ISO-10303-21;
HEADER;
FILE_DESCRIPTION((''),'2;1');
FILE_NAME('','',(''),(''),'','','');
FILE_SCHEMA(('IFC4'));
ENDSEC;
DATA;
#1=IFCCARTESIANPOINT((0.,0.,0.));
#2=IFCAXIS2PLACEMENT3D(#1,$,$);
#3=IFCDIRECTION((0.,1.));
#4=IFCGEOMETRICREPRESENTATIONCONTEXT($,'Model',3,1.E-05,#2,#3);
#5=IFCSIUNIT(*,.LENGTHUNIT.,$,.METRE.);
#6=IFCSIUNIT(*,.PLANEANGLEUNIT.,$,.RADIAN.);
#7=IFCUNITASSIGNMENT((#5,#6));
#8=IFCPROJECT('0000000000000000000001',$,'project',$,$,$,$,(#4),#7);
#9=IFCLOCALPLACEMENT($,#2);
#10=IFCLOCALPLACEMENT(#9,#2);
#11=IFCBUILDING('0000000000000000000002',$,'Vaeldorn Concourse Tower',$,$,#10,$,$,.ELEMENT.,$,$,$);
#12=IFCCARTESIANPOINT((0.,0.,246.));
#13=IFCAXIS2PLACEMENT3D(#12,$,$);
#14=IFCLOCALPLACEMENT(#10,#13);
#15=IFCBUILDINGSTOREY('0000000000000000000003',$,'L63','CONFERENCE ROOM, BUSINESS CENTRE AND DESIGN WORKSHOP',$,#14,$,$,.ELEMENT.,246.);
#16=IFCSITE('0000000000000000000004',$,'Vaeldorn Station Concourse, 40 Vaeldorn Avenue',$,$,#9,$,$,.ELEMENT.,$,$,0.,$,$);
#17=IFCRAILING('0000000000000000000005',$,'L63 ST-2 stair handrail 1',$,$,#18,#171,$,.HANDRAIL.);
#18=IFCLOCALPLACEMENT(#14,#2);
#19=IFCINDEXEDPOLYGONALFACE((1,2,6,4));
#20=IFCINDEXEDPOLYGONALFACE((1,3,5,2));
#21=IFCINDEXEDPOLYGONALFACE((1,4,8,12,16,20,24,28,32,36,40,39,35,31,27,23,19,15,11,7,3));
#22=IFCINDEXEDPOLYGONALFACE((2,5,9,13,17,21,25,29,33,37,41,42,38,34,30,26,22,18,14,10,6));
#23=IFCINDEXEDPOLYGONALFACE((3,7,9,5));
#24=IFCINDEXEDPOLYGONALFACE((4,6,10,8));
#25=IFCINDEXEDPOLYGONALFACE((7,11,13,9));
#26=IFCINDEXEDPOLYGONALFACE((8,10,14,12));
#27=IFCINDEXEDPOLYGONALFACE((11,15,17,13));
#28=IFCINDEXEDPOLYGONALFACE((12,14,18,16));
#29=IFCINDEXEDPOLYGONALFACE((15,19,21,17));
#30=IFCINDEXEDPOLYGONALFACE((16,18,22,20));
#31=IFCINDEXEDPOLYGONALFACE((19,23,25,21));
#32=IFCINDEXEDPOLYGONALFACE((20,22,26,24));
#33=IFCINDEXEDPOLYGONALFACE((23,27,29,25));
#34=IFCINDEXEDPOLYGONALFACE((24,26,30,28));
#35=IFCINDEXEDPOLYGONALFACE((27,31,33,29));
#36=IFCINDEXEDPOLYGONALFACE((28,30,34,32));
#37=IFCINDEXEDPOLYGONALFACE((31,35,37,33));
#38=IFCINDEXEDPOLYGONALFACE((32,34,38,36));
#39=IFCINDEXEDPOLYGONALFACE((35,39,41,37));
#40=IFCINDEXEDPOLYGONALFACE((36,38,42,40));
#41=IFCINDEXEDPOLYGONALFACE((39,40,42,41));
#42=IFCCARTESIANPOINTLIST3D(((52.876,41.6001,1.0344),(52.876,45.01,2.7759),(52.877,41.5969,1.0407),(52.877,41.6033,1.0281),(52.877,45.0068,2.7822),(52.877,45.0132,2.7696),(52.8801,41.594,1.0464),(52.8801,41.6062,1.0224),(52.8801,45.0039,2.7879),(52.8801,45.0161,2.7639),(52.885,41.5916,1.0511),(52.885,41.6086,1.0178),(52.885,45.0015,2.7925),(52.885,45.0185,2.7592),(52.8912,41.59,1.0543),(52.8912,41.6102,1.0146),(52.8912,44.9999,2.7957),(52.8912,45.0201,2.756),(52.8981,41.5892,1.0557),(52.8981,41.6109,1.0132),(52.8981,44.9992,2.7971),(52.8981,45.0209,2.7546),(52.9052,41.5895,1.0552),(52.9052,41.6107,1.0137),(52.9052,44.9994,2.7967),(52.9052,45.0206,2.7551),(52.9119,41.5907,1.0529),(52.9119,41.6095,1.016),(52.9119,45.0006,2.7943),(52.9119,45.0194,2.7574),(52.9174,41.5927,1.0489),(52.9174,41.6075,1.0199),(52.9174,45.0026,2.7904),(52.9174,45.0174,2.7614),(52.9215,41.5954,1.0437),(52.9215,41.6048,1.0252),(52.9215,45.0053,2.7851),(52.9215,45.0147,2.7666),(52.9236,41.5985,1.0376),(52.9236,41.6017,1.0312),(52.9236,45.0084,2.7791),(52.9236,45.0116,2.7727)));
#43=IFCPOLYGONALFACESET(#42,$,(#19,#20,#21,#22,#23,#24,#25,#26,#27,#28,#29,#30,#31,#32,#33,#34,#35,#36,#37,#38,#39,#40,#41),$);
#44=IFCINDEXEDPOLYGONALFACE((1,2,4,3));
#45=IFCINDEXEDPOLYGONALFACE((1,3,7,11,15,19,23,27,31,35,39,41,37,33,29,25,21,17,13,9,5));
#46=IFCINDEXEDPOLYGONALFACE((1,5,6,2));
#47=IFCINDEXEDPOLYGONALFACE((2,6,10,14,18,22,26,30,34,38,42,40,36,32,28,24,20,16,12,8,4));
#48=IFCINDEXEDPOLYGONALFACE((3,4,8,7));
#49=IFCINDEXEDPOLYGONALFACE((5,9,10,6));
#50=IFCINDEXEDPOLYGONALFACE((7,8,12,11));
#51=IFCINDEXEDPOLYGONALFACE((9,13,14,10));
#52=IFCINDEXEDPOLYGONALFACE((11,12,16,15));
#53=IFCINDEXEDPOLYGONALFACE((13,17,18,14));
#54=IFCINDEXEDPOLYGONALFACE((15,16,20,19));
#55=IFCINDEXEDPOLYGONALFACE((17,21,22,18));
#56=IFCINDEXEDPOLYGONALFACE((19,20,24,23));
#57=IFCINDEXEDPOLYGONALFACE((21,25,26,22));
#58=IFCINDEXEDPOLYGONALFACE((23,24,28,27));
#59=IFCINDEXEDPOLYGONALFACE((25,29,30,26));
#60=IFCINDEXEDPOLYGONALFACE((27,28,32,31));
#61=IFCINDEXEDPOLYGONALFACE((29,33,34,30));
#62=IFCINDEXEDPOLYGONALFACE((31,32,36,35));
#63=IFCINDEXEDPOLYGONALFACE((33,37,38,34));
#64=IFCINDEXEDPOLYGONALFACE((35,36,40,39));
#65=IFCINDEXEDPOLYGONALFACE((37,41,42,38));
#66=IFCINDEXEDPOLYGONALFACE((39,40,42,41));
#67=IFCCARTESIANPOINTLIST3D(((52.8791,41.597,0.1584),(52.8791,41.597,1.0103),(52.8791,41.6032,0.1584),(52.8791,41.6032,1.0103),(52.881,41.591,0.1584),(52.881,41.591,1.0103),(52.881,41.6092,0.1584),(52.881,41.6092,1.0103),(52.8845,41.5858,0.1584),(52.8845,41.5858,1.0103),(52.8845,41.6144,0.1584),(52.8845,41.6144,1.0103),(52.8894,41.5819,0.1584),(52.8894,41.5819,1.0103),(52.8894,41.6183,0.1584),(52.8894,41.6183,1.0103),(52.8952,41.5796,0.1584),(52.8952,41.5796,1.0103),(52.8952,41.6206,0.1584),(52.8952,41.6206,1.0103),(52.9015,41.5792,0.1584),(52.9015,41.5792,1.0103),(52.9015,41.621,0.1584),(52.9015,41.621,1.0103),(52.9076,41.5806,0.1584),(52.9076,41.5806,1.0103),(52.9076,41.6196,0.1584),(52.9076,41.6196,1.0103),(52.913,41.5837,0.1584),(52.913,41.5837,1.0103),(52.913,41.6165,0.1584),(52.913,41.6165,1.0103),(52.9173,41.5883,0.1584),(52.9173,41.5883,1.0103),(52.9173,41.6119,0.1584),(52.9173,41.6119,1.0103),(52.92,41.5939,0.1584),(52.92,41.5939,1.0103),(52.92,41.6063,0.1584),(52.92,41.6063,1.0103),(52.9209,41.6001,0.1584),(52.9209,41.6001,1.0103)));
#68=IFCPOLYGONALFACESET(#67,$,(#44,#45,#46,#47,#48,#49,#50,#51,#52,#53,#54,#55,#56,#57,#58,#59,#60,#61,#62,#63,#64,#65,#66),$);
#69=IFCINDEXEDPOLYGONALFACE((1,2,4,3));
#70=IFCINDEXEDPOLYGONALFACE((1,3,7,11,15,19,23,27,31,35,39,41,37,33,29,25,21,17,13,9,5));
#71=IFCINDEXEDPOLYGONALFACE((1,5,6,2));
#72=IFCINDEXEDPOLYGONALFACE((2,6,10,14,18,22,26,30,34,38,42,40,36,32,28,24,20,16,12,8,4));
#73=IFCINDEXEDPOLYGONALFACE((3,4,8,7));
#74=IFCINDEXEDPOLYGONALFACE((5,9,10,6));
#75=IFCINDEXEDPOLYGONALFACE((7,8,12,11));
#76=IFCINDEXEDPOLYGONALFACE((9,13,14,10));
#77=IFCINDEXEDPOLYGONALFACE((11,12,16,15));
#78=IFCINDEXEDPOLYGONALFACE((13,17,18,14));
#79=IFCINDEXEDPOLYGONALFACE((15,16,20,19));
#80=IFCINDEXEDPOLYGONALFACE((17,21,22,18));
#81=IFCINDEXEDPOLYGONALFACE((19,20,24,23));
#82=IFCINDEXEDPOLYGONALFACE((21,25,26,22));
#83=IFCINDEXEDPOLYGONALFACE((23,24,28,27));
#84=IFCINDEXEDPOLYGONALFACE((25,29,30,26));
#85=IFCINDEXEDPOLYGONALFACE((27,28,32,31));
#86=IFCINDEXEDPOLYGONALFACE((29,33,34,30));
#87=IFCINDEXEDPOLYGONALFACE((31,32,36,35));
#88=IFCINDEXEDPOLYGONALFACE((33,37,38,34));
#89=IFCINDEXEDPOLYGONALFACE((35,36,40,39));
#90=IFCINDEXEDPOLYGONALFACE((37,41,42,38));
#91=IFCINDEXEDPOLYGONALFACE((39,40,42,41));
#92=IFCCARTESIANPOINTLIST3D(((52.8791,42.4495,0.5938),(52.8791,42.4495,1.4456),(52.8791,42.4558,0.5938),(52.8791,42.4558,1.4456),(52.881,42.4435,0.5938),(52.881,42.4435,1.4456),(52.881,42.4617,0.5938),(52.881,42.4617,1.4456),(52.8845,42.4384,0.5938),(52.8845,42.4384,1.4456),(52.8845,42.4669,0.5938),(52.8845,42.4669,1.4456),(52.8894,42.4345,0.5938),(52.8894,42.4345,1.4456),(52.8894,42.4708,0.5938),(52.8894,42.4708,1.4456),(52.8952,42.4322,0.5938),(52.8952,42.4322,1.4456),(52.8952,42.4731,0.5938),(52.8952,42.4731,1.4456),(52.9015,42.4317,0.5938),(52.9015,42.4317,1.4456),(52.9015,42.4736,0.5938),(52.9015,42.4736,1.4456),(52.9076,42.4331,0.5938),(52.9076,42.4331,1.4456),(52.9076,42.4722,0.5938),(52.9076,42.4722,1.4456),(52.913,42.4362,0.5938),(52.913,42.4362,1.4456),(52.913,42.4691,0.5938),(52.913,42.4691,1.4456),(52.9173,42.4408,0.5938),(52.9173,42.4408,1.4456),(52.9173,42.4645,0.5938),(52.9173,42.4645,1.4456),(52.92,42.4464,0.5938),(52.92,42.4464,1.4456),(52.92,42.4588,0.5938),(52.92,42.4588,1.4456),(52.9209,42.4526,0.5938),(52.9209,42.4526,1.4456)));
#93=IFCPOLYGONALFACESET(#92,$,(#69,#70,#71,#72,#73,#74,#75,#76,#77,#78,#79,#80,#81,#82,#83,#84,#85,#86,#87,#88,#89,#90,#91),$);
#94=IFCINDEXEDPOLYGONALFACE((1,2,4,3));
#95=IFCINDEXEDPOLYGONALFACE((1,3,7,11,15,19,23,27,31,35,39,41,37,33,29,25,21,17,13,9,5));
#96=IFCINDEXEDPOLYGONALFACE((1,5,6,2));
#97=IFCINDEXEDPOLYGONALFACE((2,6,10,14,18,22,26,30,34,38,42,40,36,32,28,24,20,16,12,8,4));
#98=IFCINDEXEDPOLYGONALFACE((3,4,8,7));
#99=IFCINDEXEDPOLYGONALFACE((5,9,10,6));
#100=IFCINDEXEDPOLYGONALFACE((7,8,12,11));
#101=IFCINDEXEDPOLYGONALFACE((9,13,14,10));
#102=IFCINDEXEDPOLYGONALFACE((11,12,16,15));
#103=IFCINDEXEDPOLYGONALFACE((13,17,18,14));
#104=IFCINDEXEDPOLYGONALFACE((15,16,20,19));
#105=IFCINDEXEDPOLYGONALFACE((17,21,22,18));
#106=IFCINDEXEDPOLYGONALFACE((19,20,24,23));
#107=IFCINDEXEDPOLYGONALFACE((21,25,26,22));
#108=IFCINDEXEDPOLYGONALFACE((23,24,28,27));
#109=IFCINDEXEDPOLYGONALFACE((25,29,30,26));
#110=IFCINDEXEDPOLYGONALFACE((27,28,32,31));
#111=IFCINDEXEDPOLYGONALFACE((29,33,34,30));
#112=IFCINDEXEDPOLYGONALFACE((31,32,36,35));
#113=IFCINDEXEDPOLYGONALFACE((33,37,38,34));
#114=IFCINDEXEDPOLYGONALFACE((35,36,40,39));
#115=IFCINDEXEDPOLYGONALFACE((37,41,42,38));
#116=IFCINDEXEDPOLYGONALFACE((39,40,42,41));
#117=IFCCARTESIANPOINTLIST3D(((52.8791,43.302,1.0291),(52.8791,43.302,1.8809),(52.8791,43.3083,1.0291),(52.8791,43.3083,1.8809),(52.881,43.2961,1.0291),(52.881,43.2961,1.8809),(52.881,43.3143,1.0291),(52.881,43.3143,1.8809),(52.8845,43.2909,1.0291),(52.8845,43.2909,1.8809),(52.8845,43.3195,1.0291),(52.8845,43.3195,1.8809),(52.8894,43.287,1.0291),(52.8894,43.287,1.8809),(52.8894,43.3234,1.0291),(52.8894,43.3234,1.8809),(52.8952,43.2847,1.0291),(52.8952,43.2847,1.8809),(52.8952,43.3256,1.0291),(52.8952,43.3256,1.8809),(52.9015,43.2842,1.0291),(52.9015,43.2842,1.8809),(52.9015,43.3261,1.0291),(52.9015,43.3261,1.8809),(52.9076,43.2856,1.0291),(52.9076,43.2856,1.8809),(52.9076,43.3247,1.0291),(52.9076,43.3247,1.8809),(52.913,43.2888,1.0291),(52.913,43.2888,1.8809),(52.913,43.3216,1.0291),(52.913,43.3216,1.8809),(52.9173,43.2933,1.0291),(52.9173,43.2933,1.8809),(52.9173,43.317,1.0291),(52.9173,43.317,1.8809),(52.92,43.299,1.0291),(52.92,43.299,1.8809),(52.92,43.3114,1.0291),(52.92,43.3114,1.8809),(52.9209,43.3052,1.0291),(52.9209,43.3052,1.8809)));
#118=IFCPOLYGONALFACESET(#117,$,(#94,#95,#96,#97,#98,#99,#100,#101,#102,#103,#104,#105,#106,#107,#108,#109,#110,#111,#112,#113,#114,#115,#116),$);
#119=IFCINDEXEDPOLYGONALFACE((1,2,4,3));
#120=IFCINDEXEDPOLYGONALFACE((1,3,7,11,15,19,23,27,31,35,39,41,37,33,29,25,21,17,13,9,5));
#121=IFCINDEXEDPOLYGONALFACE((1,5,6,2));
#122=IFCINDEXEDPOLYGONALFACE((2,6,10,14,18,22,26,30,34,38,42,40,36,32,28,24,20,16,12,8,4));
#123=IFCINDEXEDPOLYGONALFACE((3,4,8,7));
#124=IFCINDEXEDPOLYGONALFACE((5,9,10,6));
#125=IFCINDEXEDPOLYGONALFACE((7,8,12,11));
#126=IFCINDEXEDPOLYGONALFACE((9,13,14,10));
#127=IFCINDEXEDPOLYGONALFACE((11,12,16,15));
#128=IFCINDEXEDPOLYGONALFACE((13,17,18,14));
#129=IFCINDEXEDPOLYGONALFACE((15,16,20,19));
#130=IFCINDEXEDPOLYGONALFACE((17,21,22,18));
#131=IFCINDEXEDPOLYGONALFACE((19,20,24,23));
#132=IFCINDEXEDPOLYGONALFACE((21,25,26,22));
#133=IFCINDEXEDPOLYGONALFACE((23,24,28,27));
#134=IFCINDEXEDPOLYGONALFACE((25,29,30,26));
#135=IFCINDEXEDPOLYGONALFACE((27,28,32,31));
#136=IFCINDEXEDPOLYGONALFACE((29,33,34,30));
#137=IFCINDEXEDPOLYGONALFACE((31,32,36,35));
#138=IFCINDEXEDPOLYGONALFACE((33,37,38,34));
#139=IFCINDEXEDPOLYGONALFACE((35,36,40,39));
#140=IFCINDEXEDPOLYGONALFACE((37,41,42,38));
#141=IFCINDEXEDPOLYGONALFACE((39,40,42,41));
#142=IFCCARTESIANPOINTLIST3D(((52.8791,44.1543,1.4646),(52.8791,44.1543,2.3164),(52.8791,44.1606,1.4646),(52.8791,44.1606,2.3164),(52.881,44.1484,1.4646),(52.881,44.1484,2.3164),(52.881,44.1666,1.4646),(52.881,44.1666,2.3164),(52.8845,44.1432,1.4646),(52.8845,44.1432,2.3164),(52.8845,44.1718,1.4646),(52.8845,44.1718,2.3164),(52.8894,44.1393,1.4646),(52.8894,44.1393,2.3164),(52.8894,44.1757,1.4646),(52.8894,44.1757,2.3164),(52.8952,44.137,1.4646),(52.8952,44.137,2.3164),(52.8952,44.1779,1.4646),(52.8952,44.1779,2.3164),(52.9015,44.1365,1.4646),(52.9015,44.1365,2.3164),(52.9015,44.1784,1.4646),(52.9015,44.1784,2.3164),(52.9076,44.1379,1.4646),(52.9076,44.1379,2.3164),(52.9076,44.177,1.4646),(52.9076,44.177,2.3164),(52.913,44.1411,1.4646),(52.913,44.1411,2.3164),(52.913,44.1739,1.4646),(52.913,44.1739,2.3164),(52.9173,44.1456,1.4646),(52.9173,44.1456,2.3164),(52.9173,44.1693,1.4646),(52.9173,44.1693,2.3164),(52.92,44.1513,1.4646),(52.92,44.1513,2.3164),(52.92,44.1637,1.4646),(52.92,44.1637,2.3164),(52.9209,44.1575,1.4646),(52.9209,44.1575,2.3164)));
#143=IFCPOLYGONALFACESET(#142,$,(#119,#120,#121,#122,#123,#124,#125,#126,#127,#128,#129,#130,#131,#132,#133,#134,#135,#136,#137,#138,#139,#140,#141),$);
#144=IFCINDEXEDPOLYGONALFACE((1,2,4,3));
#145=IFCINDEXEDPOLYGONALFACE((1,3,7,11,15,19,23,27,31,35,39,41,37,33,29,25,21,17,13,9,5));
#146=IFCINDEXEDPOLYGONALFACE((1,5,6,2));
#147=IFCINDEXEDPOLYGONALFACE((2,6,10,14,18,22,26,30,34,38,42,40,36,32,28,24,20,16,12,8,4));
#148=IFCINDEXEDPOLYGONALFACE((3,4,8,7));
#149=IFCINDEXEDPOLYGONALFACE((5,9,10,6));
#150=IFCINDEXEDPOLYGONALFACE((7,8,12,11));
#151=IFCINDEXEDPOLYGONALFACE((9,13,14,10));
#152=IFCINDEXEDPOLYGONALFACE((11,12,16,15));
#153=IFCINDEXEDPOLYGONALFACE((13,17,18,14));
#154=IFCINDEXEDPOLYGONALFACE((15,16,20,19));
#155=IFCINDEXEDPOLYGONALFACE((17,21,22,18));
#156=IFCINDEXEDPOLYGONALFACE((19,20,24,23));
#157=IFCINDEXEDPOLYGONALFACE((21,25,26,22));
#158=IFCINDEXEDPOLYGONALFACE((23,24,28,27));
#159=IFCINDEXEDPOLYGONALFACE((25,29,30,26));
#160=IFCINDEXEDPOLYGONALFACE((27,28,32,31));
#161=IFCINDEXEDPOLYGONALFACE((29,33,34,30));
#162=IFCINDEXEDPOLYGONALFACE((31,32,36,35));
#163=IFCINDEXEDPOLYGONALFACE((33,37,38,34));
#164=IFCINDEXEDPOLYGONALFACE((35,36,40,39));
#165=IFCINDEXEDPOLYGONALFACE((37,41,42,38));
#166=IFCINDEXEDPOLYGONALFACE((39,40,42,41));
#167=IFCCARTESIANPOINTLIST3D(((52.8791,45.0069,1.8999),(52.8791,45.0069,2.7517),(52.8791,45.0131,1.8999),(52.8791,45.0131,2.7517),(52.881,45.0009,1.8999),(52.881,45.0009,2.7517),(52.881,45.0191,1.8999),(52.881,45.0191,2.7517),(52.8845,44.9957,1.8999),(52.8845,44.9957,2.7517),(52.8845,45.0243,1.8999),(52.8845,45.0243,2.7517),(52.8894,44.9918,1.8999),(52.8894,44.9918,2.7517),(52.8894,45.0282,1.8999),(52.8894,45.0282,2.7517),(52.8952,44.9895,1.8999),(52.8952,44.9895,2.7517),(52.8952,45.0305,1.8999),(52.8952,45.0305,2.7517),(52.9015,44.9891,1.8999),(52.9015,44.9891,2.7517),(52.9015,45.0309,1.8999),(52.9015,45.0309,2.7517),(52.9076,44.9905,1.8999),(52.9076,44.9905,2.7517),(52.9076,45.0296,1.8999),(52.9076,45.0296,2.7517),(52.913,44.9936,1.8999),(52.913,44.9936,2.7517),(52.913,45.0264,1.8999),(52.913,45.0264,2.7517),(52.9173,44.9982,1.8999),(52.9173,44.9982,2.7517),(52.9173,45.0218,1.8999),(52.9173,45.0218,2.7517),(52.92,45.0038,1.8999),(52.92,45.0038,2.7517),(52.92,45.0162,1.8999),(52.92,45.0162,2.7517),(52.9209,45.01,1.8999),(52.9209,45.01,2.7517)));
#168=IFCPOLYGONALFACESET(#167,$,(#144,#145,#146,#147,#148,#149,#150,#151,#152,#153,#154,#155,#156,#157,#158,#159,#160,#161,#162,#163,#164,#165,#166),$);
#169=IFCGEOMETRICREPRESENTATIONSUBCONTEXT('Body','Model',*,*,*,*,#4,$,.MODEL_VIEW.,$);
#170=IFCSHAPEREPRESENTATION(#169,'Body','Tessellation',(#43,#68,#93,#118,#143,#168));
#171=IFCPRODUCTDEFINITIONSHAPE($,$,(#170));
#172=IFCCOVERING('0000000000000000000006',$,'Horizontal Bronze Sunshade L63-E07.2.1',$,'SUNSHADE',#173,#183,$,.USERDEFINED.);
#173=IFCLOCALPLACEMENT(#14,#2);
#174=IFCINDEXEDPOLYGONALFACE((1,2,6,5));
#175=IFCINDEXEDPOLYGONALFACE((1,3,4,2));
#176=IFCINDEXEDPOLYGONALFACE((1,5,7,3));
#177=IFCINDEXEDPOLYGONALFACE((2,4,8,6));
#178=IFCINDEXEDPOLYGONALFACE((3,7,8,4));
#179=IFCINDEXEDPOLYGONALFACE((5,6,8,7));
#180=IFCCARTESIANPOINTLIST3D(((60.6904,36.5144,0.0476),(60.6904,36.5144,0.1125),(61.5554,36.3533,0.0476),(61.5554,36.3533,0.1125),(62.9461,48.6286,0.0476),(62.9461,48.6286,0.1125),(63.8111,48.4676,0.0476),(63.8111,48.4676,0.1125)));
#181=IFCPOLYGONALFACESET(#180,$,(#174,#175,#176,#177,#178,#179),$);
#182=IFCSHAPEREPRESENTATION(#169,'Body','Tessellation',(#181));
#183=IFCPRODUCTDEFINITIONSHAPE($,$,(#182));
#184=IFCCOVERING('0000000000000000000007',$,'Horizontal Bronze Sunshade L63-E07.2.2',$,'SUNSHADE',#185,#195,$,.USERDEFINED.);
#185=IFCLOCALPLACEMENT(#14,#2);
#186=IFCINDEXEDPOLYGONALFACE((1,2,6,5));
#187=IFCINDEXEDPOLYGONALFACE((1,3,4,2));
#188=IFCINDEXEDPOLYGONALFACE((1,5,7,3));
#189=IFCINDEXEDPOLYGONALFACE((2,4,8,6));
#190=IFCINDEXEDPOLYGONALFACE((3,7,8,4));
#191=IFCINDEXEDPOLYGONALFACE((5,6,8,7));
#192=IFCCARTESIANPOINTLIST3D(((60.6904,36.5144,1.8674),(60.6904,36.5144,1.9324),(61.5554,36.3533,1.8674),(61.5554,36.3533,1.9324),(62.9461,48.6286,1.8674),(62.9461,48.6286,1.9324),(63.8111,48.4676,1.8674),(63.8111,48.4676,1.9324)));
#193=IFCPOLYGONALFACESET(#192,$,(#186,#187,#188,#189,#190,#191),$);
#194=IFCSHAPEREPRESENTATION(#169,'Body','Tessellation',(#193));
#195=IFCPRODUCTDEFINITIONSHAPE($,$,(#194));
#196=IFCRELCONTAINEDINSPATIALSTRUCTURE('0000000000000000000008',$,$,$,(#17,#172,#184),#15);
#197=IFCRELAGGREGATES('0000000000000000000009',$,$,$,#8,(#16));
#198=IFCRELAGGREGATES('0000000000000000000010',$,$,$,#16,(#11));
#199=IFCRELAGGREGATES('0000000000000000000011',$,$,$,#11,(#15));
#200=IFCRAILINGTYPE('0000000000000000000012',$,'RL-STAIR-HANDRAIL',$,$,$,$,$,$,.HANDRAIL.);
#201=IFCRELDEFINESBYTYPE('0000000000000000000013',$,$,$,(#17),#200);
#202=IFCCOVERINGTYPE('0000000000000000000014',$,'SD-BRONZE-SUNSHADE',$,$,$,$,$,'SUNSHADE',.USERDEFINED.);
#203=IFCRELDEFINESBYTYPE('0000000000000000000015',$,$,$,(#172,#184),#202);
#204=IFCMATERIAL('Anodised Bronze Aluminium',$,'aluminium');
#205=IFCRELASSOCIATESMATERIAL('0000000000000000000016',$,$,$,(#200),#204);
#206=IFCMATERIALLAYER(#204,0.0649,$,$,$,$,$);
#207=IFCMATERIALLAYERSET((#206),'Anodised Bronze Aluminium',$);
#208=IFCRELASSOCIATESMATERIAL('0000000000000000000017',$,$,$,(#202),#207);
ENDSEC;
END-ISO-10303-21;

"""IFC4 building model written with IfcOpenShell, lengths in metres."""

from ifc_helpers import new_model, si_unit, direction, frame, origin, origin_2d, place, context, subcontext, project, spatial, rectangle, circle, extrude, source, transform, mapped, material, layer, layer_set, type_object, element, save


model = new_model("IFC4")

# Units and contexts
model_context = context("Model", 3, precision=1e-05, world=origin(), true_north=direction((0.0, 1.0)))
body_context = subcontext(model_context, "Body", "Model", "MODEL_VIEW")
ifc_project = project(units=[si_unit("LENGTHUNIT", "METRE"), si_unit("PLANEANGLEUNIT", "RADIAN")], contexts=[model_context])

# Site, building, storey
site_placement = place(None, origin())
site = spatial("IfcSite", under=ifc_project, at=site_placement, Name="Vaeldorn Station Concourse, 40 Vaeldorn Avenue", CompositionType="ELEMENT", RefElevation=0.0)
building_placement = place(site_placement, origin())
building = spatial("IfcBuilding", under=site, at=building_placement, Name="Vaeldorn Concourse Tower", CompositionType="ELEMENT")
storey_placement = place(building_placement, frame((0.0, 0.0, 246.0)))
storey = spatial("IfcBuildingStorey", under=building, at=storey_placement, Name="L63", Description="CONFERENCE ROOM, BUSINESS CENTRE AND DESIGN WORKSHOP", CompositionType="ELEMENT", Elevation=246.0)

# Shared definitions
ifc_material_1 = material(Name="Anodised Bronze Aluminium", Category="aluminium")

# Railing
railing_type_1 = type_object("IfcRailingType", Name="RL-STAIR-HANDRAIL", PredefinedType="HANDRAIL", material=ifc_material_1)
railing_1_placement = place(storey_placement, frame((52.8999, 41.6001, 0.1584)))
element("IfcRailing", 1, at=railing_1_placement, inside=storey, type_object=railing_type_1, Name="L63 ST-2 stair handrail 1", PredefinedType="HANDRAIL", context=body_context, shape_type="SweptSolid", body=[
    extrude(circle(Radius=0.0239, at=origin_2d()), frame((0.0, 0.0, 0.876), z_axis=(0.0, 0.890582, 0.454823), x_axis=(-1.0, 0.0, 0.0)), (0.0, 0.0, 1.0), 3.8289),
    extrude(circle(Radius=0.021, at=origin_2d()), origin(), (0.0, 0.0, 1.0), 0.8518),
    extrude(circle(Radius=0.021, at=origin_2d()), frame((0.0, 0.8525, 0.4353)), (0.0, 0.0, 1.0), 0.8518),
    extrude(circle(Radius=0.021, at=origin_2d()), frame((0.0, 1.7051, 0.8706)), (0.0, 0.0, 1.0), 0.8518),
    extrude(circle(Radius=0.021, at=origin_2d()), frame((0.0, 2.5574, 1.3062)), (0.0, 0.0, 1.0), 0.8518),
    extrude(circle(Radius=0.021, at=origin_2d()), frame((0.0, 3.4099, 1.7415)), (0.0, 0.0, 1.0), 0.8518),
])

# Coverings
ifc_layer_1 = layer(ifc_material_1, 0.0649)
ifc_layer_set_1 = layer_set([ifc_layer_1], Name="Anodised Bronze Aluminium")
covering_type = type_object("IfcCoveringType", Name="SD-BRONZE-SUNSHADE", ElementType="SUNSHADE", PredefinedType="USERDEFINED", material=ifc_layer_set_1)
shared_shape_1 = source(origin(), body_context, "Body", "SweptSolid", [
    extrude(rectangle(XDim=12.3225, YDim=0.8799, at=origin_2d()), origin(), (0.0, 0.0, 1.0), 0.0649),
])
for number, where, z_axis, x_axis, name in (
    (2, (62.2507, 42.491, 0.0476), (0.0, 0.0, 1.0), (0.183059, 0.983102, 0.0), "Horizontal Bronze Sunshade L63-E07.2.1"),
    (3, (62.2507, 42.491, 1.8674), (0.0, 0.0, 1.0), (0.183059, 0.983102, 0.0), "Horizontal Bronze Sunshade L63-E07.2.2"),
):
    element("IfcCovering", number, at=place(storey_placement, frame(where, z_axis=z_axis, x_axis=x_axis)), inside=storey, type_object=covering_type, Name=name, ObjectType="SUNSHADE", PredefinedType="USERDEFINED", context=body_context, shape_type="MappedRepresentation", body=[
        mapped(shared_shape_1, transform((0.0, 0.0, 0.0), scale=1.0)),
    ])

save(model, "model.ifc")
